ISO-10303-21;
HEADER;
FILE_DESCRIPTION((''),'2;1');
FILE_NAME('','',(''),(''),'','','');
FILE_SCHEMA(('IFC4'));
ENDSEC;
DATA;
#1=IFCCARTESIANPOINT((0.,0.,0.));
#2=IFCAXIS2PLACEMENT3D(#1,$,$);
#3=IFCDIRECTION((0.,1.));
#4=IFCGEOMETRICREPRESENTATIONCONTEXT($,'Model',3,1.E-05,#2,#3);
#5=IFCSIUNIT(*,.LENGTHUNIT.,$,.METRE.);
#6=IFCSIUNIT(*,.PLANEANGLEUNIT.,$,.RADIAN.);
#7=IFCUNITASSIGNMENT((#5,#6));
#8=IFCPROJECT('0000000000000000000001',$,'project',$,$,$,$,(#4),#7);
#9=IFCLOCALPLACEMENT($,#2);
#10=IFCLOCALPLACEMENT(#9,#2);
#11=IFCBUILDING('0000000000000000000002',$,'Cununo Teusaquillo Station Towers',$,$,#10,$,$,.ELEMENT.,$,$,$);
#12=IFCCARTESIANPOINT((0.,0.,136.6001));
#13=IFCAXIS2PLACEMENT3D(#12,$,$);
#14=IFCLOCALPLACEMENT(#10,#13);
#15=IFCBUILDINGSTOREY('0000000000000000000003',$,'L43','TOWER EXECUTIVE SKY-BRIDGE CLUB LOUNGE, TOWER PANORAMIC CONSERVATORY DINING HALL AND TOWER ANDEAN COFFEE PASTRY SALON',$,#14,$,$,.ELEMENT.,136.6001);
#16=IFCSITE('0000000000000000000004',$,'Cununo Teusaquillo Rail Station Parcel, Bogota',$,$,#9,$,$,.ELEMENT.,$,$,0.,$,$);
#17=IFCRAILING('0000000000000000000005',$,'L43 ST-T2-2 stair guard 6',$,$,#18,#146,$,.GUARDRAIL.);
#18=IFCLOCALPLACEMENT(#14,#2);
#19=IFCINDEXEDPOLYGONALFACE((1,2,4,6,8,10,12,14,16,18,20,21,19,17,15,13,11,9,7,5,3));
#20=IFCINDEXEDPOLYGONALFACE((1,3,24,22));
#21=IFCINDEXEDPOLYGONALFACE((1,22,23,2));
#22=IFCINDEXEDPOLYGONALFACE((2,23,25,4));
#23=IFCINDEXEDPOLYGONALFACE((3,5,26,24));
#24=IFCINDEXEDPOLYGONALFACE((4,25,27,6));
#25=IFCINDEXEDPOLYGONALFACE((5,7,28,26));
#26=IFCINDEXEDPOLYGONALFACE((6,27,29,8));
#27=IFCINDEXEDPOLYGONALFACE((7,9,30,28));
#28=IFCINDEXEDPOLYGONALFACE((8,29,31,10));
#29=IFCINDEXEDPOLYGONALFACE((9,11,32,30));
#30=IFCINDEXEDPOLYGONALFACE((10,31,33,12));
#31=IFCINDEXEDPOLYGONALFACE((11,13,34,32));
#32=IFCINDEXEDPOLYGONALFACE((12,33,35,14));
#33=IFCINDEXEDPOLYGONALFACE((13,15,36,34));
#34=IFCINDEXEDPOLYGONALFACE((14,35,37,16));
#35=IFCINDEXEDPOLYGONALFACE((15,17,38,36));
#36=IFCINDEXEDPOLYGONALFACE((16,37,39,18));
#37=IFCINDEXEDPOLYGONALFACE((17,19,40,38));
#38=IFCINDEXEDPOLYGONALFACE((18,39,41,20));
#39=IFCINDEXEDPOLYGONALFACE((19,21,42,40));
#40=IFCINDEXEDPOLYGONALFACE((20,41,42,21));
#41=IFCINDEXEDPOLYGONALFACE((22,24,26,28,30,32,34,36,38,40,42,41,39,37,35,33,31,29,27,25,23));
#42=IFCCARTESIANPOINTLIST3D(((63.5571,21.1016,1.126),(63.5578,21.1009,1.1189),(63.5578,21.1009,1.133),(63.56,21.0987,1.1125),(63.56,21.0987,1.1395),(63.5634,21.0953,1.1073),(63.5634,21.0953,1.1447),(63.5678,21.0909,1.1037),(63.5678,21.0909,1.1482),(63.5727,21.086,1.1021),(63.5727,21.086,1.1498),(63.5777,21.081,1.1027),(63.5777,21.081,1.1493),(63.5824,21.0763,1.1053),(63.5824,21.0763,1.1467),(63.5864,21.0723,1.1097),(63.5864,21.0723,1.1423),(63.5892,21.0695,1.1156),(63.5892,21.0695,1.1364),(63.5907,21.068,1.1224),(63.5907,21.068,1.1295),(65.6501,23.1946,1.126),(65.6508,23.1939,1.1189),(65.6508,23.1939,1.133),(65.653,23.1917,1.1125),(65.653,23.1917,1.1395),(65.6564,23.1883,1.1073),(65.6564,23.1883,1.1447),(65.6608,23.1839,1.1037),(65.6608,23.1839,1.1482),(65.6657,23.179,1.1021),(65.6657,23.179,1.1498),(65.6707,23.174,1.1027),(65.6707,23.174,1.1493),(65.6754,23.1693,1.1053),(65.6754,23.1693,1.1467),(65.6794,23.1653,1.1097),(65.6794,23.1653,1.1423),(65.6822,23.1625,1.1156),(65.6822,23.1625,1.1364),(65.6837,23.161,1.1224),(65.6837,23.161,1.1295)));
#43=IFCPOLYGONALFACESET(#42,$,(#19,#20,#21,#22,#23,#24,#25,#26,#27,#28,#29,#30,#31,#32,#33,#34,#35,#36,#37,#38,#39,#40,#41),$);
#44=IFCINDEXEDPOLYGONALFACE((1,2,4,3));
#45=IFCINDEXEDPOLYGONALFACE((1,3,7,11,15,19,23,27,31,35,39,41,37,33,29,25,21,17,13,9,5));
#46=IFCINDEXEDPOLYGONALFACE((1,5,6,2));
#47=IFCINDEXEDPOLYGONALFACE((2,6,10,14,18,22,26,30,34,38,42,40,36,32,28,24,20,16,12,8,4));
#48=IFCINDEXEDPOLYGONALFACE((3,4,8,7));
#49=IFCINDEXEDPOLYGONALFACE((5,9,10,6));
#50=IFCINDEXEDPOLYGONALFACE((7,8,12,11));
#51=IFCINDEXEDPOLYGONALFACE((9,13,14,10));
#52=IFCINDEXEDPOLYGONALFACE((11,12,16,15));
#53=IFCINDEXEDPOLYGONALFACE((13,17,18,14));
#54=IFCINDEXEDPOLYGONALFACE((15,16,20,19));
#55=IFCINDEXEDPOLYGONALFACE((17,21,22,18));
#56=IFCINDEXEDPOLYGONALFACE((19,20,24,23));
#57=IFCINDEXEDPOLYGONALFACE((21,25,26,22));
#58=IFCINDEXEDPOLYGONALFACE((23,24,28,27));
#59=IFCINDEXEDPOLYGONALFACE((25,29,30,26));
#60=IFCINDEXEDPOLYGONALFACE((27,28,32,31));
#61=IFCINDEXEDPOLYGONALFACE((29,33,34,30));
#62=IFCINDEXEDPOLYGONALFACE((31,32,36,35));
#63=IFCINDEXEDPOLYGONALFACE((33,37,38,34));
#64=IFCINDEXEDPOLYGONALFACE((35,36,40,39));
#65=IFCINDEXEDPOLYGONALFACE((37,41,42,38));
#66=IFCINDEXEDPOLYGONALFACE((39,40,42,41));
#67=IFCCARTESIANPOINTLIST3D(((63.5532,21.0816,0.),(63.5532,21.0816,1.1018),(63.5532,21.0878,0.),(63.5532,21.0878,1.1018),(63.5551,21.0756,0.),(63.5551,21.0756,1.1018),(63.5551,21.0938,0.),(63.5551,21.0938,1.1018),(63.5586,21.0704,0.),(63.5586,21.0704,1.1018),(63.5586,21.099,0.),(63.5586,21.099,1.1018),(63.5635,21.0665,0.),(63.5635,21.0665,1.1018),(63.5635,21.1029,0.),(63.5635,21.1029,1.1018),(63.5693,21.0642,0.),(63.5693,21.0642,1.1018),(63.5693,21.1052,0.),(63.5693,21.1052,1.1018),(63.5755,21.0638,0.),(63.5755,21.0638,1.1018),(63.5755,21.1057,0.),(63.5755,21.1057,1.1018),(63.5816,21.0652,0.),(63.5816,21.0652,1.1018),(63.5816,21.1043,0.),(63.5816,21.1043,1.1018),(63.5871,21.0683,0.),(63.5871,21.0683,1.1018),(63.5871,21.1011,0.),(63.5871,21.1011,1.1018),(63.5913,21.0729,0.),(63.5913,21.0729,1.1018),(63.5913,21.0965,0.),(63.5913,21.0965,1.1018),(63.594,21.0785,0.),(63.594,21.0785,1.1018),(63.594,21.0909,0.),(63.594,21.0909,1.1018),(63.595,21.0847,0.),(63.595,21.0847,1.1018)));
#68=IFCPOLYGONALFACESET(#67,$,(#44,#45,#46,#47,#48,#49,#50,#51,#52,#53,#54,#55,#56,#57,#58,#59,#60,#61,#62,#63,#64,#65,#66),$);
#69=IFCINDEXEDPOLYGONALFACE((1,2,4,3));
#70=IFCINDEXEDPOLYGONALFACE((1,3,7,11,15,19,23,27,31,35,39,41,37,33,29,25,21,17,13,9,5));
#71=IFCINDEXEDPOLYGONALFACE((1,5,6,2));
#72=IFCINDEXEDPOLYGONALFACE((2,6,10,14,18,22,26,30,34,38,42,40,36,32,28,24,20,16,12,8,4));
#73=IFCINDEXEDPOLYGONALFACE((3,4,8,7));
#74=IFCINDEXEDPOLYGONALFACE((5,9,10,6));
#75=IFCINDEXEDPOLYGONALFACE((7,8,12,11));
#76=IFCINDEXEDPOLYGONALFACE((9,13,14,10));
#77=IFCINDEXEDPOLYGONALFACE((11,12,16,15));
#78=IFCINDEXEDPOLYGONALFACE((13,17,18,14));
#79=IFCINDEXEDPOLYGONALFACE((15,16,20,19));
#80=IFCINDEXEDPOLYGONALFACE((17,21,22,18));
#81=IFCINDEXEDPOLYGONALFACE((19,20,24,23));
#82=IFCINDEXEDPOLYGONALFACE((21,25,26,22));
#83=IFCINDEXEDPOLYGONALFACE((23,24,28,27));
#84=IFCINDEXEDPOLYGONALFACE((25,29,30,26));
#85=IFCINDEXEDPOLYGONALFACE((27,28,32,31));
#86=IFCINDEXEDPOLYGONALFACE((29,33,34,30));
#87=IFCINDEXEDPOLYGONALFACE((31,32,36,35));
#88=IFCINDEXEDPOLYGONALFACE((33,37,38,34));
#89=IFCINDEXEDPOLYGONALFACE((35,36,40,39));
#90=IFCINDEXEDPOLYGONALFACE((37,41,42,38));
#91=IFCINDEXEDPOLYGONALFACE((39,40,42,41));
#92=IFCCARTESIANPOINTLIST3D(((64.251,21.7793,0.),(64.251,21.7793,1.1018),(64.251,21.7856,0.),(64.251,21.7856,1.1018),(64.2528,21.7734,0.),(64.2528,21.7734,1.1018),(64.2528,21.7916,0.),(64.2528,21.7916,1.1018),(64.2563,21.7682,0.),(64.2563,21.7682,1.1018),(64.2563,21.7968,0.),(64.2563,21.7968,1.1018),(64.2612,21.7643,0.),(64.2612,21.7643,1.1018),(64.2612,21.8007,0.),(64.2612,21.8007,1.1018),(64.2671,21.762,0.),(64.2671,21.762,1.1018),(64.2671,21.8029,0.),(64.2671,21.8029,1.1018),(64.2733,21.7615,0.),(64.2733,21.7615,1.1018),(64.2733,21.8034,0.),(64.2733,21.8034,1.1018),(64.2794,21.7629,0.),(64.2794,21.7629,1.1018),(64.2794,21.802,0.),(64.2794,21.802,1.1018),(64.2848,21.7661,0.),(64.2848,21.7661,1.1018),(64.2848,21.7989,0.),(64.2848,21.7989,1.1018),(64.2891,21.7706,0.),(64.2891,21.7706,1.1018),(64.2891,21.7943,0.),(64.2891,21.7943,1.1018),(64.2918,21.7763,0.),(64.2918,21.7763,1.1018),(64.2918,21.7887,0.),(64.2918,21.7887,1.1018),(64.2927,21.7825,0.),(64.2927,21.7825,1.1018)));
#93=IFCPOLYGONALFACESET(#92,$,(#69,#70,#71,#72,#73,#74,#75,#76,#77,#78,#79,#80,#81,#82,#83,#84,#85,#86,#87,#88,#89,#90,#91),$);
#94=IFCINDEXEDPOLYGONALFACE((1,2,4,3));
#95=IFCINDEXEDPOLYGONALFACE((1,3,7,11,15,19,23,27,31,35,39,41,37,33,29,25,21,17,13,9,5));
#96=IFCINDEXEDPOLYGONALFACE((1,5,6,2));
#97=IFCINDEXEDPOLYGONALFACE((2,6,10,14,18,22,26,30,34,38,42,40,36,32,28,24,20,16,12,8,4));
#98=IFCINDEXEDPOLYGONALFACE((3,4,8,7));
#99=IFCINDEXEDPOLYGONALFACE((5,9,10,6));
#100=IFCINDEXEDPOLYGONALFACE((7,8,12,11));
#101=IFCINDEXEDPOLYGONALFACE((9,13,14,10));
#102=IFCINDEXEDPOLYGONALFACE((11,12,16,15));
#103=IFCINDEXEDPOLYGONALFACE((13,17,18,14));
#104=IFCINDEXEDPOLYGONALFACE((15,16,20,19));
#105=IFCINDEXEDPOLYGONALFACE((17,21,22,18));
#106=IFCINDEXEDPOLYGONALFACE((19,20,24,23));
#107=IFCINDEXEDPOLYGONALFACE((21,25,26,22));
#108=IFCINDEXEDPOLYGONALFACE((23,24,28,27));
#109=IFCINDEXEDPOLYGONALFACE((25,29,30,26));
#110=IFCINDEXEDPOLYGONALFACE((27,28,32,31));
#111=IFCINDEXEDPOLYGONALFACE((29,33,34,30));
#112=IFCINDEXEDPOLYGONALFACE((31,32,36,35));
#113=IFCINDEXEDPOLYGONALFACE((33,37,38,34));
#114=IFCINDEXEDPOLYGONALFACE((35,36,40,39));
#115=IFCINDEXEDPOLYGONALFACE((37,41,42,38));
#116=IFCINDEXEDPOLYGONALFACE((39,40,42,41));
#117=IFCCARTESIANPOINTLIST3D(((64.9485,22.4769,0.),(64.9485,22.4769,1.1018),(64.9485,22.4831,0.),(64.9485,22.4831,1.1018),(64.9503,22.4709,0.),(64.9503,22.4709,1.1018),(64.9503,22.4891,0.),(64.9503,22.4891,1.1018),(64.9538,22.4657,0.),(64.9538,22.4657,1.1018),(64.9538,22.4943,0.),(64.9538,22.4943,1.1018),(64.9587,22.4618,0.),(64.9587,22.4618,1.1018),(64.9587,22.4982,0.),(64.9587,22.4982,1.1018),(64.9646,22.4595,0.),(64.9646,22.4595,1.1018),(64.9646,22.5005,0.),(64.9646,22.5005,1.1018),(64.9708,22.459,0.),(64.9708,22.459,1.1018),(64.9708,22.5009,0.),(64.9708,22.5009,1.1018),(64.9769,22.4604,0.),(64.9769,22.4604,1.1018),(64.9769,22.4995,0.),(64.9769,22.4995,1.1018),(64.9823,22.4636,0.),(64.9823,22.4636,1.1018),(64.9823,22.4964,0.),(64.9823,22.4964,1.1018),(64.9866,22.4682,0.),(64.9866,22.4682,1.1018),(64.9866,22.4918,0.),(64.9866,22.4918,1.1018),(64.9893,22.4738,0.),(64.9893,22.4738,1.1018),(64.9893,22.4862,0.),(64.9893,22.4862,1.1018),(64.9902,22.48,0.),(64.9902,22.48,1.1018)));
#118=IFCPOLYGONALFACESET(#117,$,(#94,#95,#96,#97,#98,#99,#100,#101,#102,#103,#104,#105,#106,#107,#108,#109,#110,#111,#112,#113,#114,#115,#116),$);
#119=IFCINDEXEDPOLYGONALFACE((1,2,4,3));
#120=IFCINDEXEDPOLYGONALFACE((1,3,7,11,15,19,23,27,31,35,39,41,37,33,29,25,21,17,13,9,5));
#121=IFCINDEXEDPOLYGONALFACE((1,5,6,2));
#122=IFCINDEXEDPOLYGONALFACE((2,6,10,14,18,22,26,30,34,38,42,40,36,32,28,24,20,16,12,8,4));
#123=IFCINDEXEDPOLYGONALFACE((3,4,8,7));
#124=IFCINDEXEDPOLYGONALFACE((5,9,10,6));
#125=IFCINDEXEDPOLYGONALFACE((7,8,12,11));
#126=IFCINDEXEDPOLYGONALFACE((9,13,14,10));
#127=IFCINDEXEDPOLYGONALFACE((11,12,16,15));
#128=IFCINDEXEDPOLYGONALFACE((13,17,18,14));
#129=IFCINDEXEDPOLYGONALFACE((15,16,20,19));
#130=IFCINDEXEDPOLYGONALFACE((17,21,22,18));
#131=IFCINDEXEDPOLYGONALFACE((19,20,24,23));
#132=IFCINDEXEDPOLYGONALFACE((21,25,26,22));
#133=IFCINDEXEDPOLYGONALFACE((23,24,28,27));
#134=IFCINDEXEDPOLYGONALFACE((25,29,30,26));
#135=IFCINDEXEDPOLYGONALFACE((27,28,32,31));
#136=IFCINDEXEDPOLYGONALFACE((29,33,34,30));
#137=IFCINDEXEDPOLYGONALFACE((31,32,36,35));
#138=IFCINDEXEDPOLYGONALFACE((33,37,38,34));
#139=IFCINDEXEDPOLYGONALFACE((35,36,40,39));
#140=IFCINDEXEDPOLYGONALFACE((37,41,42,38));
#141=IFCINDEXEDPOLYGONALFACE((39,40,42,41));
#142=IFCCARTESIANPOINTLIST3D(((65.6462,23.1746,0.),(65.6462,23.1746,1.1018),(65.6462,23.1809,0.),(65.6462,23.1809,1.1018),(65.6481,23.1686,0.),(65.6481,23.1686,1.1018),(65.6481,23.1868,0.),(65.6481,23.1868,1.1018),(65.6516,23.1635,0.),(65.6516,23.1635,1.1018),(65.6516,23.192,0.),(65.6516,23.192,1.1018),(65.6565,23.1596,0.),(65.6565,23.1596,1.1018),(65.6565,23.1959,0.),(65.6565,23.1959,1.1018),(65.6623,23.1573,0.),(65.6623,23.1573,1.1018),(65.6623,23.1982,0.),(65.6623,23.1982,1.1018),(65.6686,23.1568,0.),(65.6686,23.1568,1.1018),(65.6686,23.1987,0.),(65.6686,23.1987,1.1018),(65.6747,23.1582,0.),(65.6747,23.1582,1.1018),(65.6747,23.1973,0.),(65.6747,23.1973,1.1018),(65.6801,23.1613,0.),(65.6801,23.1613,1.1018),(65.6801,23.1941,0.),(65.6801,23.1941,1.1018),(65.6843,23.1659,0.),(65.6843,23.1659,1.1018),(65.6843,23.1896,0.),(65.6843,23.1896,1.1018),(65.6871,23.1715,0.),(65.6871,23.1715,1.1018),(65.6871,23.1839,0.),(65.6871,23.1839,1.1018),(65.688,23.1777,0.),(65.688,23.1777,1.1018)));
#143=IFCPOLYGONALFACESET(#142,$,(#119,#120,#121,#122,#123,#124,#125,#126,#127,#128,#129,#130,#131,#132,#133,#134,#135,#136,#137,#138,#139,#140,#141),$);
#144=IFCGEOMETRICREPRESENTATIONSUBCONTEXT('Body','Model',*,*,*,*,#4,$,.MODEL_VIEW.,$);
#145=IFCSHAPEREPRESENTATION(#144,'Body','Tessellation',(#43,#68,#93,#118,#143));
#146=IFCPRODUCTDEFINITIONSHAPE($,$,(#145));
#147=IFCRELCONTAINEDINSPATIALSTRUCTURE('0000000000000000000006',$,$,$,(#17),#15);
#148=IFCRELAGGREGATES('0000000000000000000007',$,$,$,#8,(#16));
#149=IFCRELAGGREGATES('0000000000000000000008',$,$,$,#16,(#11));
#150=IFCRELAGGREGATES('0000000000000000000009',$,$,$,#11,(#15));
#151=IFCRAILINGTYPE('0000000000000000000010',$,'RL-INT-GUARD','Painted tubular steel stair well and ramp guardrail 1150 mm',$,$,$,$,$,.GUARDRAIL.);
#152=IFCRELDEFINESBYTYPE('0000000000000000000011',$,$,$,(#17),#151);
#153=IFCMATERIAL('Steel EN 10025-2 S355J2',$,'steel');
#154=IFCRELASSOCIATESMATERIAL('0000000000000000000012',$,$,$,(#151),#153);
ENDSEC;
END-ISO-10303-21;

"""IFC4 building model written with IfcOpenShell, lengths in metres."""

from ifc_helpers import new_model, si_unit, direction, frame, origin, origin_2d, place, context, subcontext, project, spatial, circle, extrude, material, type_object, element, save


model = new_model("IFC4")

# Units and contexts
model_context = context("Model", 3, precision=1e-05, world=origin(), true_north=direction((0.0, 1.0)))
body_context = subcontext(model_context, "Body", "Model", "MODEL_VIEW")
ifc_project = project(units=[si_unit("LENGTHUNIT", "METRE"), si_unit("PLANEANGLEUNIT", "RADIAN")], contexts=[model_context])

# Site, building, storey
site_placement = place(None, origin())
site = spatial("IfcSite", under=ifc_project, at=site_placement, Name="Cununo Teusaquillo Rail Station Parcel, Bogota", CompositionType="ELEMENT", RefElevation=0.0)
building_placement = place(site_placement, origin())
building = spatial("IfcBuilding", under=site, at=building_placement, Name="Cununo Teusaquillo Station Towers", CompositionType="ELEMENT")
storey_placement = place(building_placement, frame((0.0, 0.0, 136.6001)))
storey = spatial("IfcBuildingStorey", under=building, at=storey_placement, Name="L43", Description="TOWER EXECUTIVE SKY-BRIDGE CLUB LOUNGE, TOWER PANORAMIC CONSERVATORY DINING HALL AND TOWER ANDEAN COFFEE PASTRY SALON", CompositionType="ELEMENT", Elevation=136.6001)

# Railing
ifc_material_1 = material(Name="Steel EN 10025-2 S355J2", Category="steel")
railing_type = type_object("IfcRailingType", Name="RL-INT-GUARD", Description="Painted tubular steel stair well and ramp guardrail 1150 mm", PredefinedType="GUARDRAIL", material=ifc_material_1)
railing_1_placement = place(storey_placement, frame((63.574, 21.0847, 0.0)))
element("IfcRailing", 1, at=railing_1_placement, inside=storey, type_object=railing_type, Name="L43 ST-T2-2 stair guard 6", PredefinedType="GUARDRAIL", context=body_context, shape_type="SweptSolid", body=[
    extrude(circle(Radius=0.0239, at=origin_2d()), frame((0.0, 0.0, 1.126), z_axis=(0.707107, 0.707107, 0.0), x_axis=(-0.707107, 0.707107, 0.0)), (0.0, 0.0, 1.0), 2.96),
    extrude(circle(Radius=0.021, at=origin_2d()), origin(), (0.0, 0.0, 1.0), 1.1018),
    extrude(circle(Radius=0.021, at=origin_2d()), frame((0.6978, 0.6978, 0.0)), (0.0, 0.0, 1.0), 1.1018),
    extrude(circle(Radius=0.021, at=origin_2d()), frame((1.3953, 1.3953, 0.0)), (0.0, 0.0, 1.0), 1.1018),
    extrude(circle(Radius=0.021, at=origin_2d()), frame((2.093, 2.093, 0.0)), (0.0, 0.0, 1.0), 1.1018),
])

save(model, "model.ifc")
